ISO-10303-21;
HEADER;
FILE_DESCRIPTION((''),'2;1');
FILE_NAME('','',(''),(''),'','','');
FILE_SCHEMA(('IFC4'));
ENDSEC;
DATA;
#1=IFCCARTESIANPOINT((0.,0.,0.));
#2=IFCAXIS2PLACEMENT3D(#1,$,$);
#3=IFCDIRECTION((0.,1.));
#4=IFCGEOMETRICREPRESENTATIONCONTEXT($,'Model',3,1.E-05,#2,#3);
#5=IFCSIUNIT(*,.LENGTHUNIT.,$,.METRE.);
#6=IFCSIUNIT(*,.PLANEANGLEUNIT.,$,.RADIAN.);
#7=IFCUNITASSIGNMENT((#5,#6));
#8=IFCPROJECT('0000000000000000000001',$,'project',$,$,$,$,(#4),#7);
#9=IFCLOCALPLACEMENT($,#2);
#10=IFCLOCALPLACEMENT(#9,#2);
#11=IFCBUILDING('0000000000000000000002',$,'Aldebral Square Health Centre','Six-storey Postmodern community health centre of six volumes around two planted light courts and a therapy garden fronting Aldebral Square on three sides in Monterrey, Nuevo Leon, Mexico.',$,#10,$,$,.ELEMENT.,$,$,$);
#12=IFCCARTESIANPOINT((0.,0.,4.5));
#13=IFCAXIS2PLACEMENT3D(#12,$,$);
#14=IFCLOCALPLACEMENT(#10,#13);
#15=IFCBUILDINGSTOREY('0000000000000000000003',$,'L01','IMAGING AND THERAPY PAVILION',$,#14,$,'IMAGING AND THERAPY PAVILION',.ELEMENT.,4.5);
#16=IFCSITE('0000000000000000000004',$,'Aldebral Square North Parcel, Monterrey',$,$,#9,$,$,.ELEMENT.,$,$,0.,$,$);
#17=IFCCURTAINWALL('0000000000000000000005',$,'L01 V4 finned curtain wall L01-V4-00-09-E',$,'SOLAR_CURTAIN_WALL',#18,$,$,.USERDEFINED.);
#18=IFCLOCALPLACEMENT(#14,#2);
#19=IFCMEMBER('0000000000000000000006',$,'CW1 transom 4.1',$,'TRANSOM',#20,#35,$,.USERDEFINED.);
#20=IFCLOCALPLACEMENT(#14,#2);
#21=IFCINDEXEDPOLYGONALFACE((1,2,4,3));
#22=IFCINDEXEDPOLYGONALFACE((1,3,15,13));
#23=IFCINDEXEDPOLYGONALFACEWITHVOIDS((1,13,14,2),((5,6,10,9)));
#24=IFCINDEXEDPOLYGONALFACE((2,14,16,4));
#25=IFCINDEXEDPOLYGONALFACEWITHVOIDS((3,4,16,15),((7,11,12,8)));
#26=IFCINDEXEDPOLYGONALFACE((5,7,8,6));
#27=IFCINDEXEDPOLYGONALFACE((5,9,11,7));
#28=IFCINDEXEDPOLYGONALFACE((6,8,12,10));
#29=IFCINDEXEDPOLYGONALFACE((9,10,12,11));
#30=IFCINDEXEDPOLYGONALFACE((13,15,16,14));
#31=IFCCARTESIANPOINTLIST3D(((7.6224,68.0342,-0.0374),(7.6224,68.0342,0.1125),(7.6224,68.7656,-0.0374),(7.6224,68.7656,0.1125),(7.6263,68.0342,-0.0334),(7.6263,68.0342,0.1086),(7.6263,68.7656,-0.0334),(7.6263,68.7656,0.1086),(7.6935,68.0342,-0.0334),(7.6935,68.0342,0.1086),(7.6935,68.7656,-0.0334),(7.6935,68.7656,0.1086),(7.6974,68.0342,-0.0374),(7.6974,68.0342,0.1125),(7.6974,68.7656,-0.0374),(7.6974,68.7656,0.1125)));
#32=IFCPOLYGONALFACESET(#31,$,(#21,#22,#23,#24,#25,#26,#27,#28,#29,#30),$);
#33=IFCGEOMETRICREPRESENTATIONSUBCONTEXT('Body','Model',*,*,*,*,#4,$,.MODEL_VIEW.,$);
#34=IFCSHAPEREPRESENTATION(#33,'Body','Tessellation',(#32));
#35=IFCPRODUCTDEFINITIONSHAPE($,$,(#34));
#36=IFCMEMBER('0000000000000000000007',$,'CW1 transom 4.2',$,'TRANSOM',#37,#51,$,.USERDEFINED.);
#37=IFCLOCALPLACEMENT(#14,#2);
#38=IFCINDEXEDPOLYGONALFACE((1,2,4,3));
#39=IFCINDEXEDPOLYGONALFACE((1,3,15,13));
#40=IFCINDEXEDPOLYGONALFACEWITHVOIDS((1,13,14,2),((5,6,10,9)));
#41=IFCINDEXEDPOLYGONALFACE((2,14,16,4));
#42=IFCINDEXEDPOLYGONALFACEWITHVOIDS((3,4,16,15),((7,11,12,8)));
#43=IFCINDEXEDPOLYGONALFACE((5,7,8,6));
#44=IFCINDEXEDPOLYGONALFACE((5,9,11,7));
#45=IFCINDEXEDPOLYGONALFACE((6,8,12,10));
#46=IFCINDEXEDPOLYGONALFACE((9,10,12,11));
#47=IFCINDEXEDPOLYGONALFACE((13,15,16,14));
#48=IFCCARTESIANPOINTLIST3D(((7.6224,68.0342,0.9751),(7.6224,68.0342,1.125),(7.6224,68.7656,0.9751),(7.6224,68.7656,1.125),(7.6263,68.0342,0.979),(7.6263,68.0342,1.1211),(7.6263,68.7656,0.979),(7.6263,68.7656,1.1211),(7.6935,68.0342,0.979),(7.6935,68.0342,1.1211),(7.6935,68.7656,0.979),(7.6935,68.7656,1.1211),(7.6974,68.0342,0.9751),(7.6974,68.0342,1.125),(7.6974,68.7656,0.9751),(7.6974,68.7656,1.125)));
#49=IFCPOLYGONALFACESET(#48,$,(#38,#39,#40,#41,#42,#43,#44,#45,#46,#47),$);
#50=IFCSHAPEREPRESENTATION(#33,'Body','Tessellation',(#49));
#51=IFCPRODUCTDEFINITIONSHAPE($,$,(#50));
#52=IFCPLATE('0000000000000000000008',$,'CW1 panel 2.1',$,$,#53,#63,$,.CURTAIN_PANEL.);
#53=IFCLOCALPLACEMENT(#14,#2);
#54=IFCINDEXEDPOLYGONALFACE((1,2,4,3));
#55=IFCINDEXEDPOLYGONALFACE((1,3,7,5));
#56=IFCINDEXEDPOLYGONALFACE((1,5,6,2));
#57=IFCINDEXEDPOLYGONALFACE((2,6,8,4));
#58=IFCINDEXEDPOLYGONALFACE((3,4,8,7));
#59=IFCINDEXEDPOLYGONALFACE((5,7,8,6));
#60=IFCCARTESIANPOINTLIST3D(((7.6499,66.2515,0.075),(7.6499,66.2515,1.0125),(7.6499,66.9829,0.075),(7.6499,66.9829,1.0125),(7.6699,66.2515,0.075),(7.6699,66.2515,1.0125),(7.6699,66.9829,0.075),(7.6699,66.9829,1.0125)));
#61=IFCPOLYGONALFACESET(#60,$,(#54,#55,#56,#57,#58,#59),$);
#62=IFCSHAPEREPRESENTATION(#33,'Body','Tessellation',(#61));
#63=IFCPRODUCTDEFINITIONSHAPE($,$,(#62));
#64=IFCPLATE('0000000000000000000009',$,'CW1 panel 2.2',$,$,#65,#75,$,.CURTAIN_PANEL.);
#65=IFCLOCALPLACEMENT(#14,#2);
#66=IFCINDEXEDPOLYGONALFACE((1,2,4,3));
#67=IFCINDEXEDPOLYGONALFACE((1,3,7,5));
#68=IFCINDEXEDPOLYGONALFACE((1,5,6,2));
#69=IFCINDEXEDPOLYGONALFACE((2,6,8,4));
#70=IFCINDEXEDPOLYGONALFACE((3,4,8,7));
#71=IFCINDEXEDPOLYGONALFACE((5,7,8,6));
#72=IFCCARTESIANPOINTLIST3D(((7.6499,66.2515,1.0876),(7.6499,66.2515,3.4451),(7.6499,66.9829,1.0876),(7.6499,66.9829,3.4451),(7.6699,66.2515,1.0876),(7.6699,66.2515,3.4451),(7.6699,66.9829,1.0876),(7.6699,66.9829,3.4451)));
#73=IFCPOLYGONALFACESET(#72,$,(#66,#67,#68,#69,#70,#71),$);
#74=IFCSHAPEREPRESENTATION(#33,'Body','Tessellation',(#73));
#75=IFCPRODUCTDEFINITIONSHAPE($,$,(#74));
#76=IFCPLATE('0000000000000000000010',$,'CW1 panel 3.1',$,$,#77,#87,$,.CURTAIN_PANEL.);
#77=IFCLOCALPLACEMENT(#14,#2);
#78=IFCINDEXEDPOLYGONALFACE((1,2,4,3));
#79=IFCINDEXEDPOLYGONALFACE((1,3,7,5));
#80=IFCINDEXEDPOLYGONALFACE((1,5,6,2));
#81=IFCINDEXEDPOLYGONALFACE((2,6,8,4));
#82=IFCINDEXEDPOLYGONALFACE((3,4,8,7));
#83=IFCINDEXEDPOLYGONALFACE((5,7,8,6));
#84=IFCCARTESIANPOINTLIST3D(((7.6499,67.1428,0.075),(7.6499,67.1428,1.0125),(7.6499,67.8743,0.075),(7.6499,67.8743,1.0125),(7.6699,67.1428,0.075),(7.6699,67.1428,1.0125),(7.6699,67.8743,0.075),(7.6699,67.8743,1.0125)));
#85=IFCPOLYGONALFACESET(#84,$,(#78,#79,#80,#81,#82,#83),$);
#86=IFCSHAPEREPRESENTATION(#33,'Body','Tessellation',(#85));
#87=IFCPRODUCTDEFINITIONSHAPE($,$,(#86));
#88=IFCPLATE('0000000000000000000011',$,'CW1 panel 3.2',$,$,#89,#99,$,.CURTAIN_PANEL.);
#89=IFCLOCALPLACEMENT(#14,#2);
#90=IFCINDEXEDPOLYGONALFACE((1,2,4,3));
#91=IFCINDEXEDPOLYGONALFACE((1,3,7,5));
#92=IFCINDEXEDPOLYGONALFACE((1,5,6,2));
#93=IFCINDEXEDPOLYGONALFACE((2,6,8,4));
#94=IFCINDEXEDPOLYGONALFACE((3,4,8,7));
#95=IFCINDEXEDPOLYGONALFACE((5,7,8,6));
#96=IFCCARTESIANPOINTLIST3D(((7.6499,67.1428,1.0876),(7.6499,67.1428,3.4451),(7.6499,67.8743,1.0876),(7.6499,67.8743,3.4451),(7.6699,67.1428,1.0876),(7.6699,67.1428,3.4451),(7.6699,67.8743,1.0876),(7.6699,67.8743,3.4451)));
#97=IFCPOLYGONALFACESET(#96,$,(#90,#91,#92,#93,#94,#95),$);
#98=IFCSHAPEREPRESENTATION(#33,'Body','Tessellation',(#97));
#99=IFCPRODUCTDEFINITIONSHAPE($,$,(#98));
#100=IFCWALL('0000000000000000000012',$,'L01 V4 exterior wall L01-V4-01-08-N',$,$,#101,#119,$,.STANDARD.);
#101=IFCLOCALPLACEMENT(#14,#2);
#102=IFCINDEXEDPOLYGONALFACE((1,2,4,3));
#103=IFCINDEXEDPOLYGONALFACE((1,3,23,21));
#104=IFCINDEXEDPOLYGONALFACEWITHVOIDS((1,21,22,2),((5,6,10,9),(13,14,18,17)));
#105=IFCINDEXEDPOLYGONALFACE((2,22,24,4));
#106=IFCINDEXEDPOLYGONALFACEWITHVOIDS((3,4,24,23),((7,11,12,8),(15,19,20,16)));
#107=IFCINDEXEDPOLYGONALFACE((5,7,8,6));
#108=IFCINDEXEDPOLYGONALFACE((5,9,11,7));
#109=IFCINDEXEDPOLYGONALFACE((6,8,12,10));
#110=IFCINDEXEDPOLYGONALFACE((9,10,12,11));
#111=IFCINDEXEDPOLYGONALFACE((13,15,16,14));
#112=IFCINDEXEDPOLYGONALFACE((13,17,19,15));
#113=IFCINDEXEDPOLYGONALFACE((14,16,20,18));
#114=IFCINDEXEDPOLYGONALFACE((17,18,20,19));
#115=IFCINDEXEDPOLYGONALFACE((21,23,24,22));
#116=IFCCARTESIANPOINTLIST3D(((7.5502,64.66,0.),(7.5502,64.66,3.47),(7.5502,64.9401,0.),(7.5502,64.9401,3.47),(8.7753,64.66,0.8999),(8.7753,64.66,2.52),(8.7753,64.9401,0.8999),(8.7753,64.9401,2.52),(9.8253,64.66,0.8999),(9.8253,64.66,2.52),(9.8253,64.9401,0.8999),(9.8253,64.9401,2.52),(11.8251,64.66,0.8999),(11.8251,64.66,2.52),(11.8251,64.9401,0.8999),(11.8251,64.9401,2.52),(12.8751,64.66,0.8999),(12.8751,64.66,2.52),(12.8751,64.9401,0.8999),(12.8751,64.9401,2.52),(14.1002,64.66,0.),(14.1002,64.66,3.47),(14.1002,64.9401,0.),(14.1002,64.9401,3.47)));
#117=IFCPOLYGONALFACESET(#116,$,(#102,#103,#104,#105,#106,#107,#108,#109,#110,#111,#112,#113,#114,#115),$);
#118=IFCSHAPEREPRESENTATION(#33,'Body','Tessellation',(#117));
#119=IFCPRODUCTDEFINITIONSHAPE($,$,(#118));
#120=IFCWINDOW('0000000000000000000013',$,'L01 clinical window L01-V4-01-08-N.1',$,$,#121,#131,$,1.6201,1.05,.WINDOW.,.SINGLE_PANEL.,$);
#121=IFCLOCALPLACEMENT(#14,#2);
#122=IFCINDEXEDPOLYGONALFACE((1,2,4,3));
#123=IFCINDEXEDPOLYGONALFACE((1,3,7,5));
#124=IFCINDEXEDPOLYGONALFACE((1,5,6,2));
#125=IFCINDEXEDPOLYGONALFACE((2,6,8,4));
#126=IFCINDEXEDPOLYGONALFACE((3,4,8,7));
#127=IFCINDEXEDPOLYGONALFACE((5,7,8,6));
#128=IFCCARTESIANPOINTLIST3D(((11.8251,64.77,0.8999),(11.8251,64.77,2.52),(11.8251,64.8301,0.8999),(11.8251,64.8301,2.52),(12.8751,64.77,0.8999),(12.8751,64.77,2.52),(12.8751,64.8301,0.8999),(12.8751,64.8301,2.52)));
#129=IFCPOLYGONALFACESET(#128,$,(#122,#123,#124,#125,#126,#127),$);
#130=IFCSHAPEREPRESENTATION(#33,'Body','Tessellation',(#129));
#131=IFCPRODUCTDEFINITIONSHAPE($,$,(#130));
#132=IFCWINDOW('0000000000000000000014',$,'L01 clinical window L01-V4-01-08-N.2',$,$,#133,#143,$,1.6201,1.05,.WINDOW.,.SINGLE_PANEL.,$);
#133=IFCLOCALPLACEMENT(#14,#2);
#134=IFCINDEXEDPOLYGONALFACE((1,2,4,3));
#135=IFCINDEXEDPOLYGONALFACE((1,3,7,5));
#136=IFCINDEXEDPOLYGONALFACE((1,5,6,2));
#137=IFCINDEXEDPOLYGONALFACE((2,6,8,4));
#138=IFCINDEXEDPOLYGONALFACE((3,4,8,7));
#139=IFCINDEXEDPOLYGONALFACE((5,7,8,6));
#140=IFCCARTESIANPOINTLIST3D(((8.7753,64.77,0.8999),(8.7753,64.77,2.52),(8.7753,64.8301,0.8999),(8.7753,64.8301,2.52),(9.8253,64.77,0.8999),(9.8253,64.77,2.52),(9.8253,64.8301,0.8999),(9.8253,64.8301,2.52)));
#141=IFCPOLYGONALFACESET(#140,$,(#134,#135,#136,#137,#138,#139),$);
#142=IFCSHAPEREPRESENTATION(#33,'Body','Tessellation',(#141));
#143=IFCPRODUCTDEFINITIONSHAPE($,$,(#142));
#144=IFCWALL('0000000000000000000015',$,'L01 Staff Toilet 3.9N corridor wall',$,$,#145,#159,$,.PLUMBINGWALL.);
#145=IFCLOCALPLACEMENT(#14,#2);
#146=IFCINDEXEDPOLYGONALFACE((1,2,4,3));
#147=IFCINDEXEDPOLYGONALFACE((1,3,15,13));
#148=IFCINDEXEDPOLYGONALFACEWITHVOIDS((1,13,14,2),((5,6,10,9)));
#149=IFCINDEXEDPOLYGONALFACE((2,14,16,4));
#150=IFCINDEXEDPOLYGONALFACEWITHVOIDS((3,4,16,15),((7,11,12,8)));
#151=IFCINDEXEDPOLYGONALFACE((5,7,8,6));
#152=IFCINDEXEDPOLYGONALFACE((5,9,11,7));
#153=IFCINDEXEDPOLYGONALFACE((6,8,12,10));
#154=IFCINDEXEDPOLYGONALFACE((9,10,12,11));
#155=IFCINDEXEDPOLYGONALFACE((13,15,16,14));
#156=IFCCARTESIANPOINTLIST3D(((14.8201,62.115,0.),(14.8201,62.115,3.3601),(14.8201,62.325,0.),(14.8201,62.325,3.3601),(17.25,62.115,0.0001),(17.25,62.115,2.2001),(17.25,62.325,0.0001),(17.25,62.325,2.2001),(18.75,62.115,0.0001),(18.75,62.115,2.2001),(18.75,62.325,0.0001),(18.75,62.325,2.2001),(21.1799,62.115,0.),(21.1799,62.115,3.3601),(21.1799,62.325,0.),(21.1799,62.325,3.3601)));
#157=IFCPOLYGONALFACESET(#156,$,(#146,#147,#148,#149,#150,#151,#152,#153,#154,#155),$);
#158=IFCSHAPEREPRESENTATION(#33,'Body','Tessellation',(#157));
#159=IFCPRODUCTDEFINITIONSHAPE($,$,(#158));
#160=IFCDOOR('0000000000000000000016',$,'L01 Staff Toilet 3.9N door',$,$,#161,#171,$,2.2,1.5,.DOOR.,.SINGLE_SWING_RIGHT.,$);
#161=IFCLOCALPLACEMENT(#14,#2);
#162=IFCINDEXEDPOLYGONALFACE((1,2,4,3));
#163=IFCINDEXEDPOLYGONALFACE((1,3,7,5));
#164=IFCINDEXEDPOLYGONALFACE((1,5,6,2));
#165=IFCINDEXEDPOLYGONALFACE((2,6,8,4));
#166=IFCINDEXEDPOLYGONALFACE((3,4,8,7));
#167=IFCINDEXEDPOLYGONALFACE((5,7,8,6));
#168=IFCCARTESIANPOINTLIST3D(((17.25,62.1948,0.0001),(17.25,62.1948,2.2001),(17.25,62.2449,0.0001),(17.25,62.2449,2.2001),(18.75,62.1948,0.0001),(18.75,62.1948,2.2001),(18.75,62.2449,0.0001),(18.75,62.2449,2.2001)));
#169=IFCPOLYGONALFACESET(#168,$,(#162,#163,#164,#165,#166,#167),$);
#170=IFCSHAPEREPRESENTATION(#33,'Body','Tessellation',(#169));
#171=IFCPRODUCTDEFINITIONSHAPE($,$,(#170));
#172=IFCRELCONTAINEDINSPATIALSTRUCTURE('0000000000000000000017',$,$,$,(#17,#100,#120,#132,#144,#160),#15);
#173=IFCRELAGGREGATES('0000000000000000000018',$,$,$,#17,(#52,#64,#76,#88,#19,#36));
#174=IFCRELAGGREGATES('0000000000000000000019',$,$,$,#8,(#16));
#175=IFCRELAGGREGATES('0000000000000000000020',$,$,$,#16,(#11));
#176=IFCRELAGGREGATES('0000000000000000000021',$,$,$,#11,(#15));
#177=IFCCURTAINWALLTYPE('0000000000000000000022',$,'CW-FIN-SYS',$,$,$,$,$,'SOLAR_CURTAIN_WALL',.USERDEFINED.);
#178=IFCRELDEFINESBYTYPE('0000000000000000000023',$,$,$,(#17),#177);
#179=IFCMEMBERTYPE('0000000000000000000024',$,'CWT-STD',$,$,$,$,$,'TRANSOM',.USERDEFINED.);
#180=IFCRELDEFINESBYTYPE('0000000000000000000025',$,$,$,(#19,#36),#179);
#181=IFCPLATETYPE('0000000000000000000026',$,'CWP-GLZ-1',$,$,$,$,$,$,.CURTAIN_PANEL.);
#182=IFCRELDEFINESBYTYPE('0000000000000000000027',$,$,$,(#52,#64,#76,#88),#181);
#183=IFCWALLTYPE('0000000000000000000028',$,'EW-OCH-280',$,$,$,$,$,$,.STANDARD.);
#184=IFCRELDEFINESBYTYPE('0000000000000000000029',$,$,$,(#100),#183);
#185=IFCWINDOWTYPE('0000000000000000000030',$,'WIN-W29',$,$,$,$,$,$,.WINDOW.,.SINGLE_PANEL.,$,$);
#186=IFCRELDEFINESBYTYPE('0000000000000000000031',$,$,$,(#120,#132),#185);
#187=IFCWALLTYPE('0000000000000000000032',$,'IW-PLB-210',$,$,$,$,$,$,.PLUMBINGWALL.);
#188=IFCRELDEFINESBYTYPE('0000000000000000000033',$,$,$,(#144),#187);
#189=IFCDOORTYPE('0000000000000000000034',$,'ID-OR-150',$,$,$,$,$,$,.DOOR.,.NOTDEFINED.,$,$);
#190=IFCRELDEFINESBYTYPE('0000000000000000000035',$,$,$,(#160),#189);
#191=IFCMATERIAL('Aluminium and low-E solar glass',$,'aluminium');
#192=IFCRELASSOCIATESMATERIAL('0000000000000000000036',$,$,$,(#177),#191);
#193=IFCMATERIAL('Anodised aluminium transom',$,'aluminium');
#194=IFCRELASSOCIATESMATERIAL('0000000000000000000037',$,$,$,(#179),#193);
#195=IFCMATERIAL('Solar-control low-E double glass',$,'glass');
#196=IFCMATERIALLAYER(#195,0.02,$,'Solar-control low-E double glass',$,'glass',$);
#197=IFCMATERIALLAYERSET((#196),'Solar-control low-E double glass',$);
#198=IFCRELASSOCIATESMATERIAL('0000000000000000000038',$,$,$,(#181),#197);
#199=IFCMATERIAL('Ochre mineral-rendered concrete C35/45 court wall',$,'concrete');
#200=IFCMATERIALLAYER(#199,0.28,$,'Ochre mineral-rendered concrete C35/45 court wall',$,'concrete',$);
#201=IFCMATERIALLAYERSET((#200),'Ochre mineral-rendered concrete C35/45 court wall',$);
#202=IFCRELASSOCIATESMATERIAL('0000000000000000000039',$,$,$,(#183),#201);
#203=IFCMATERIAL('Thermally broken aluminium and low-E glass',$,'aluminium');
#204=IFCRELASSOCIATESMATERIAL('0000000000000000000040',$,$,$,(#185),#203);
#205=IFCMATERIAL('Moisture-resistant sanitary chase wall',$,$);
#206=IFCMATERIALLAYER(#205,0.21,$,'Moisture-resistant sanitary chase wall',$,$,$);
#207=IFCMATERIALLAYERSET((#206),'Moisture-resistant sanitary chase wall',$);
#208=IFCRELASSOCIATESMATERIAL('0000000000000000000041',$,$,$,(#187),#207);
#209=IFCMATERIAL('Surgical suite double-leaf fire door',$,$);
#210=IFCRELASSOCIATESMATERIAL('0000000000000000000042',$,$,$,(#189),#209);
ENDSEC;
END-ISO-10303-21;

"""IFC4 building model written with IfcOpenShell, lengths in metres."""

from ifc_helpers import new_model, si_unit, direction, frame, frame_2d, origin, origin_2d, place, context, subcontext, project, spatial, rectangle, hollow_rectangle, extrude, material, layer, layer_set, material_profile, profile_set, type_object, element, fill, aggregate, save


model = new_model("IFC4")

# Units and contexts
model_context = context("Model", 3, precision=1e-05, world=origin(), true_north=direction((0.0, 1.0)))
body_context = subcontext(model_context, "Body", "Model", "MODEL_VIEW")
ifc_project = project(units=[si_unit("LENGTHUNIT", "METRE"), si_unit("PLANEANGLEUNIT", "RADIAN")], contexts=[model_context])

# Site, building, storey
site_placement = place(None, origin())
site = spatial("IfcSite", under=ifc_project, at=site_placement, Name="Aldebral Square North Parcel, Monterrey", CompositionType="ELEMENT", RefElevation=0.0)
building_placement = place(site_placement, origin())
building = spatial("IfcBuilding", under=site, at=building_placement, Name="Aldebral Square Health Centre", Description="Six-storey Postmodern community health centre of six volumes around two planted light courts and a therapy garden fronting Aldebral Square on three sides in Monterrey, Nuevo Leon, Mexico.", CompositionType="ELEMENT")
storey_placement = place(building_placement, frame((0.0, 0.0, 4.5)))
storey = spatial("IfcBuildingStorey", under=building, at=storey_placement, Name="L01", Description="IMAGING AND THERAPY PAVILION", LongName="IMAGING AND THERAPY PAVILION", CompositionType="ELEMENT", Elevation=4.5)

# Curtain wall, members, plates
ifc_material_1 = material(Name="Aluminium and low-E solar glass", Category="aluminium")
curtain_wall_type = type_object("IfcCurtainWallType", Name="CW-FIN-SYS", ElementType="SOLAR_CURTAIN_WALL", PredefinedType="USERDEFINED", material=ifc_material_1)
curtain_wall_placement = place(storey_placement, origin())
curtain_wall = element("IfcCurtainWall", 1, at=curtain_wall_placement, inside=storey, type_object=curtain_wall_type, Name="L01 V4 finned curtain wall L01-V4-00-09-E", ObjectType="SOLAR_CURTAIN_WALL", PredefinedType="USERDEFINED")
ifc_material_2 = material(Name="Anodised aluminium transom", Category="aluminium")
ifc_material_profile_1 = material_profile(ifc_material_2, hollow_rectangle(XDim=0.075, YDim=0.1499, WallThickness=0.0039, at=origin_2d()), Name="CWT 75x150x4")
ifc_profile_set_1 = profile_set([ifc_material_profile_1], Name="Anodised aluminium transom")
member_type_1 = type_object("IfcMemberType", Name="CWT-STD", ElementType="TRANSOM", PredefinedType="USERDEFINED", material=ifc_profile_set_1)
member_1_placement = place(storey_placement, frame((7.6599, 68.0342, 0.0376), z_axis=(0.0, 1.0, 0.0), x_axis=(-1.0, 0.0, 0.0)))
member_1 = element("IfcMember", 2, at=member_1_placement, type_object=member_type_1, Name="CW1 transom 4.1", ObjectType="TRANSOM", PredefinedType="USERDEFINED", context=body_context, shape_type="SweptSolid", body=[
    extrude(hollow_rectangle(XDim=0.075, YDim=0.1499, WallThickness=0.0039, at=origin_2d()), origin(), (0.0, 0.0, 1.0), 0.7314),
])
member_2_placement = place(storey_placement, frame((7.6599, 68.0342, 1.05), z_axis=(0.0, 1.0, 0.0), x_axis=(-1.0, 0.0, 0.0)))
member_2 = element("IfcMember", 3, at=member_2_placement, type_object=member_type_1, Name="CW1 transom 4.2", ObjectType="TRANSOM", PredefinedType="USERDEFINED", context=body_context, shape_type="SweptSolid", body=[
    extrude(hollow_rectangle(XDim=0.075, YDim=0.1499, WallThickness=0.0039, at=origin_2d()), origin(), (0.0, 0.0, 1.0), 0.7314),
])
ifc_material_3 = material(Name="Solar-control low-E double glass", Category="glass")
ifc_layer_1 = layer(ifc_material_3, 0.02, Name="Solar-control low-E double glass", Category="glass")
ifc_layer_set_1 = layer_set([ifc_layer_1], Name="Solar-control low-E double glass")
plate_type = type_object("IfcPlateType", Name="CWP-GLZ-1", PredefinedType="CURTAIN_PANEL", material=ifc_layer_set_1)
plate_1_placement = place(storey_placement, frame((7.6599, 66.6172, 0.075), z_axis=(0.0, 0.0, 1.0), x_axis=(0.0, 1.0, 0.0)))
plate_1 = element("IfcPlate", 4, at=plate_1_placement, type_object=plate_type, Name="CW1 panel 2.1", PredefinedType="CURTAIN_PANEL", context=body_context, shape_type="SweptSolid", body=[
    extrude(rectangle(XDim=0.7314, YDim=0.02, at=origin_2d()), origin(), (0.0, 0.0, 1.0), 0.9375),
])
plate_2_placement = place(storey_placement, frame((7.6599, 66.6172, 1.0876), z_axis=(0.0, 0.0, 1.0), x_axis=(0.0, 1.0, 0.0)))
plate_2 = element("IfcPlate", 5, at=plate_2_placement, type_object=plate_type, Name="CW1 panel 2.2", PredefinedType="CURTAIN_PANEL", context=body_context, shape_type="SweptSolid", body=[
    extrude(rectangle(XDim=0.7314, YDim=0.02, at=origin_2d()), origin(), (0.0, 0.0, 1.0), 2.3574),
])
plate_3_placement = place(storey_placement, frame((7.6599, 67.5085, 0.075), z_axis=(0.0, 0.0, 1.0), x_axis=(0.0, 1.0, 0.0)))
plate_3 = element("IfcPlate", 6, at=plate_3_placement, type_object=plate_type, Name="CW1 panel 3.1", PredefinedType="CURTAIN_PANEL", context=body_context, shape_type="SweptSolid", body=[
    extrude(rectangle(XDim=0.7314, YDim=0.02, at=origin_2d()), origin(), (0.0, 0.0, 1.0), 0.9375),
])
plate_4_placement = place(storey_placement, frame((7.6599, 67.5085, 1.0876), z_axis=(0.0, 0.0, 1.0), x_axis=(0.0, 1.0, 0.0)))
plate_4 = element("IfcPlate", 7, at=plate_4_placement, type_object=plate_type, Name="CW1 panel 3.2", PredefinedType="CURTAIN_PANEL", context=body_context, shape_type="SweptSolid", body=[
    extrude(rectangle(XDim=0.7314, YDim=0.02, at=origin_2d()), origin(), (0.0, 0.0, 1.0), 2.3574),
])
aggregate(curtain_wall, [plate_1, plate_2, plate_3, plate_4, member_1, member_2])

# Wall, openings, windows
ifc_material_4 = material(Name="Ochre mineral-rendered concrete C35/45 court wall", Category="concrete")
ifc_layer_2 = layer(ifc_material_4, 0.28, Name="Ochre mineral-rendered concrete C35/45 court wall", Category="concrete")
ifc_layer_set_2 = layer_set([ifc_layer_2], Name="Ochre mineral-rendered concrete C35/45 court wall")
wall_type_1 = type_object("IfcWallType", Name="EW-OCH-280", PredefinedType="STANDARD", material=ifc_layer_set_2)
wall_1_placement = place(storey_placement, frame((14.1001, 64.8, 0.0), z_axis=(0.0, 0.0, 1.0), x_axis=(-1.0, 0.0, 0.0)))
wall_1 = element("IfcWall", 8, at=wall_1_placement, inside=storey, type_object=wall_type_1, Name="L01 V4 exterior wall L01-V4-01-08-N", PredefinedType="STANDARD", context=body_context, shape_type="SweptSolid", body=[
    extrude(rectangle(XDim=6.55, YDim=0.28, at=frame_2d((3.2749, 0.0))), origin(), (0.0, 0.0, 1.0), 3.47),
])
opening_1_placement = place(wall_1_placement, frame((1.2251, 0.0, 0.8999)))
opening_1 = element("IfcOpeningElement", 9, at=opening_1_placement, cuts=wall_1, PredefinedType="OPENING", context=body_context, shape_type="SweptSolid", body=[
    extrude(rectangle(XDim=1.05, YDim=1.6201, at=frame_2d((0.5249, 0.8101))), frame((0.0, 0.1499, 0.0), z_axis=(0.0, -1.0, 0.0), x_axis=(1.0, 0.0, 0.0)), (0.0, 0.0, 1.0), 0.3),
])
opening_2_placement = place(wall_1_placement, frame((4.2749, 0.0, 0.8999)))
opening_2 = element("IfcOpeningElement", 10, at=opening_2_placement, cuts=wall_1, PredefinedType="OPENING", context=body_context, shape_type="SweptSolid", body=[
    extrude(rectangle(XDim=1.05, YDim=1.6201, at=frame_2d((0.5249, 0.8101))), frame((0.0, 0.1499, 0.0), z_axis=(0.0, -1.0, 0.0), x_axis=(1.0, 0.0, 0.0)), (0.0, 0.0, 1.0), 0.3),
])
ifc_material_5 = material(Name="Thermally broken aluminium and low-E glass", Category="aluminium")
window_type = type_object("IfcWindowType", Name="WIN-W29", PartitioningType="SINGLE_PANEL", PredefinedType="WINDOW", material=ifc_material_5)
window_1_placement = place(opening_1_placement, origin())
window_1 = element("IfcWindow", 11, at=window_1_placement, inside=storey, type_object=window_type, Name="L01 clinical window L01-V4-01-08-N.1", OverallHeight=1.6201, OverallWidth=1.05, PartitioningType="SINGLE_PANEL", PredefinedType="WINDOW", context=body_context, shape_type="SweptSolid", body=[
    extrude(rectangle(XDim=1.05, YDim=1.6201, at=frame_2d((0.5249, 0.8101))), frame((0.0, 0.03, 0.0), z_axis=(0.0, -1.0, 0.0), x_axis=(1.0, 0.0, 0.0)), (0.0, 0.0, 1.0), 0.0601),
])
fill(opening_1, window_1)
window_2_placement = place(opening_2_placement, origin())
window_2 = element("IfcWindow", 12, at=window_2_placement, inside=storey, type_object=window_type, Name="L01 clinical window L01-V4-01-08-N.2", OverallHeight=1.6201, OverallWidth=1.05, PartitioningType="SINGLE_PANEL", PredefinedType="WINDOW", context=body_context, shape_type="SweptSolid", body=[
    extrude(rectangle(XDim=1.05, YDim=1.6201, at=frame_2d((0.5249, 0.8101))), frame((0.0, 0.03, 0.0), z_axis=(0.0, -1.0, 0.0), x_axis=(1.0, 0.0, 0.0)), (0.0, 0.0, 1.0), 0.0601),
])
fill(opening_2, window_2)

# Wall, opening, door
ifc_material_6 = material(Name="Moisture-resistant sanitary chase wall")
ifc_layer_3 = layer(ifc_material_6, 0.21, Name="Moisture-resistant sanitary chase wall")
ifc_layer_set_3 = layer_set([ifc_layer_3], Name="Moisture-resistant sanitary chase wall")
wall_type_2 = type_object("IfcWallType", Name="IW-PLB-210", PredefinedType="PLUMBINGWALL", material=ifc_layer_set_3)
wall_2_placement = place(storey_placement, frame((14.8201, 62.22, 0.0), z_axis=(0.0, 0.0, 1.0), x_axis=(1.0, 0.0, 0.0)))
wall_2 = element("IfcWall", 13, at=wall_2_placement, inside=storey, type_object=wall_type_2, Name="L01 Staff Toilet 3.9N corridor wall", PredefinedType="PLUMBINGWALL", context=body_context, shape_type="SweptSolid", body=[
    extrude(rectangle(XDim=6.3599, YDim=0.21, at=frame_2d((3.1799, 0.0))), origin(), (0.0, 0.0, 1.0), 3.3601),
])
opening_3_placement = place(wall_2_placement, frame((2.4299, 0.0, 0.0)))
opening_3 = element("IfcOpeningElement", 14, at=opening_3_placement, cuts=wall_2, PredefinedType="OPENING", context=body_context, shape_type="SweptSolid", body=[
    extrude(rectangle(XDim=1.5, YDim=2.2, at=frame_2d((0.75, 1.1001))), frame((0.0, 0.115, 0.0), z_axis=(0.0, -1.0, 0.0), x_axis=(1.0, 0.0, 0.0)), (0.0, 0.0, 1.0), 0.23),
])
ifc_material_7 = material(Name="Surgical suite double-leaf fire door")
door_type_1 = type_object("IfcDoorType", Name="ID-OR-150", OperationType="NOTDEFINED", PredefinedType="DOOR", material=ifc_material_7)
door_1_placement = place(opening_3_placement, origin())
door_1 = element("IfcDoor", 15, at=door_1_placement, inside=storey, type_object=door_type_1, Name="L01 Staff Toilet 3.9N door", OperationType="SINGLE_SWING_RIGHT", OverallHeight=2.2, OverallWidth=1.5, PredefinedType="DOOR", context=body_context, shape_type="SweptSolid", body=[
    extrude(rectangle(XDim=1.5, YDim=2.2, at=frame_2d((0.75, 1.1001))), frame((0.0, 0.0249, 0.0), z_axis=(0.0, -1.0, 0.0), x_axis=(1.0, 0.0, 0.0)), (0.0, 0.0, 1.0), 0.05),
])
fill(opening_3, door_1)

save(model, "model.ifc")
